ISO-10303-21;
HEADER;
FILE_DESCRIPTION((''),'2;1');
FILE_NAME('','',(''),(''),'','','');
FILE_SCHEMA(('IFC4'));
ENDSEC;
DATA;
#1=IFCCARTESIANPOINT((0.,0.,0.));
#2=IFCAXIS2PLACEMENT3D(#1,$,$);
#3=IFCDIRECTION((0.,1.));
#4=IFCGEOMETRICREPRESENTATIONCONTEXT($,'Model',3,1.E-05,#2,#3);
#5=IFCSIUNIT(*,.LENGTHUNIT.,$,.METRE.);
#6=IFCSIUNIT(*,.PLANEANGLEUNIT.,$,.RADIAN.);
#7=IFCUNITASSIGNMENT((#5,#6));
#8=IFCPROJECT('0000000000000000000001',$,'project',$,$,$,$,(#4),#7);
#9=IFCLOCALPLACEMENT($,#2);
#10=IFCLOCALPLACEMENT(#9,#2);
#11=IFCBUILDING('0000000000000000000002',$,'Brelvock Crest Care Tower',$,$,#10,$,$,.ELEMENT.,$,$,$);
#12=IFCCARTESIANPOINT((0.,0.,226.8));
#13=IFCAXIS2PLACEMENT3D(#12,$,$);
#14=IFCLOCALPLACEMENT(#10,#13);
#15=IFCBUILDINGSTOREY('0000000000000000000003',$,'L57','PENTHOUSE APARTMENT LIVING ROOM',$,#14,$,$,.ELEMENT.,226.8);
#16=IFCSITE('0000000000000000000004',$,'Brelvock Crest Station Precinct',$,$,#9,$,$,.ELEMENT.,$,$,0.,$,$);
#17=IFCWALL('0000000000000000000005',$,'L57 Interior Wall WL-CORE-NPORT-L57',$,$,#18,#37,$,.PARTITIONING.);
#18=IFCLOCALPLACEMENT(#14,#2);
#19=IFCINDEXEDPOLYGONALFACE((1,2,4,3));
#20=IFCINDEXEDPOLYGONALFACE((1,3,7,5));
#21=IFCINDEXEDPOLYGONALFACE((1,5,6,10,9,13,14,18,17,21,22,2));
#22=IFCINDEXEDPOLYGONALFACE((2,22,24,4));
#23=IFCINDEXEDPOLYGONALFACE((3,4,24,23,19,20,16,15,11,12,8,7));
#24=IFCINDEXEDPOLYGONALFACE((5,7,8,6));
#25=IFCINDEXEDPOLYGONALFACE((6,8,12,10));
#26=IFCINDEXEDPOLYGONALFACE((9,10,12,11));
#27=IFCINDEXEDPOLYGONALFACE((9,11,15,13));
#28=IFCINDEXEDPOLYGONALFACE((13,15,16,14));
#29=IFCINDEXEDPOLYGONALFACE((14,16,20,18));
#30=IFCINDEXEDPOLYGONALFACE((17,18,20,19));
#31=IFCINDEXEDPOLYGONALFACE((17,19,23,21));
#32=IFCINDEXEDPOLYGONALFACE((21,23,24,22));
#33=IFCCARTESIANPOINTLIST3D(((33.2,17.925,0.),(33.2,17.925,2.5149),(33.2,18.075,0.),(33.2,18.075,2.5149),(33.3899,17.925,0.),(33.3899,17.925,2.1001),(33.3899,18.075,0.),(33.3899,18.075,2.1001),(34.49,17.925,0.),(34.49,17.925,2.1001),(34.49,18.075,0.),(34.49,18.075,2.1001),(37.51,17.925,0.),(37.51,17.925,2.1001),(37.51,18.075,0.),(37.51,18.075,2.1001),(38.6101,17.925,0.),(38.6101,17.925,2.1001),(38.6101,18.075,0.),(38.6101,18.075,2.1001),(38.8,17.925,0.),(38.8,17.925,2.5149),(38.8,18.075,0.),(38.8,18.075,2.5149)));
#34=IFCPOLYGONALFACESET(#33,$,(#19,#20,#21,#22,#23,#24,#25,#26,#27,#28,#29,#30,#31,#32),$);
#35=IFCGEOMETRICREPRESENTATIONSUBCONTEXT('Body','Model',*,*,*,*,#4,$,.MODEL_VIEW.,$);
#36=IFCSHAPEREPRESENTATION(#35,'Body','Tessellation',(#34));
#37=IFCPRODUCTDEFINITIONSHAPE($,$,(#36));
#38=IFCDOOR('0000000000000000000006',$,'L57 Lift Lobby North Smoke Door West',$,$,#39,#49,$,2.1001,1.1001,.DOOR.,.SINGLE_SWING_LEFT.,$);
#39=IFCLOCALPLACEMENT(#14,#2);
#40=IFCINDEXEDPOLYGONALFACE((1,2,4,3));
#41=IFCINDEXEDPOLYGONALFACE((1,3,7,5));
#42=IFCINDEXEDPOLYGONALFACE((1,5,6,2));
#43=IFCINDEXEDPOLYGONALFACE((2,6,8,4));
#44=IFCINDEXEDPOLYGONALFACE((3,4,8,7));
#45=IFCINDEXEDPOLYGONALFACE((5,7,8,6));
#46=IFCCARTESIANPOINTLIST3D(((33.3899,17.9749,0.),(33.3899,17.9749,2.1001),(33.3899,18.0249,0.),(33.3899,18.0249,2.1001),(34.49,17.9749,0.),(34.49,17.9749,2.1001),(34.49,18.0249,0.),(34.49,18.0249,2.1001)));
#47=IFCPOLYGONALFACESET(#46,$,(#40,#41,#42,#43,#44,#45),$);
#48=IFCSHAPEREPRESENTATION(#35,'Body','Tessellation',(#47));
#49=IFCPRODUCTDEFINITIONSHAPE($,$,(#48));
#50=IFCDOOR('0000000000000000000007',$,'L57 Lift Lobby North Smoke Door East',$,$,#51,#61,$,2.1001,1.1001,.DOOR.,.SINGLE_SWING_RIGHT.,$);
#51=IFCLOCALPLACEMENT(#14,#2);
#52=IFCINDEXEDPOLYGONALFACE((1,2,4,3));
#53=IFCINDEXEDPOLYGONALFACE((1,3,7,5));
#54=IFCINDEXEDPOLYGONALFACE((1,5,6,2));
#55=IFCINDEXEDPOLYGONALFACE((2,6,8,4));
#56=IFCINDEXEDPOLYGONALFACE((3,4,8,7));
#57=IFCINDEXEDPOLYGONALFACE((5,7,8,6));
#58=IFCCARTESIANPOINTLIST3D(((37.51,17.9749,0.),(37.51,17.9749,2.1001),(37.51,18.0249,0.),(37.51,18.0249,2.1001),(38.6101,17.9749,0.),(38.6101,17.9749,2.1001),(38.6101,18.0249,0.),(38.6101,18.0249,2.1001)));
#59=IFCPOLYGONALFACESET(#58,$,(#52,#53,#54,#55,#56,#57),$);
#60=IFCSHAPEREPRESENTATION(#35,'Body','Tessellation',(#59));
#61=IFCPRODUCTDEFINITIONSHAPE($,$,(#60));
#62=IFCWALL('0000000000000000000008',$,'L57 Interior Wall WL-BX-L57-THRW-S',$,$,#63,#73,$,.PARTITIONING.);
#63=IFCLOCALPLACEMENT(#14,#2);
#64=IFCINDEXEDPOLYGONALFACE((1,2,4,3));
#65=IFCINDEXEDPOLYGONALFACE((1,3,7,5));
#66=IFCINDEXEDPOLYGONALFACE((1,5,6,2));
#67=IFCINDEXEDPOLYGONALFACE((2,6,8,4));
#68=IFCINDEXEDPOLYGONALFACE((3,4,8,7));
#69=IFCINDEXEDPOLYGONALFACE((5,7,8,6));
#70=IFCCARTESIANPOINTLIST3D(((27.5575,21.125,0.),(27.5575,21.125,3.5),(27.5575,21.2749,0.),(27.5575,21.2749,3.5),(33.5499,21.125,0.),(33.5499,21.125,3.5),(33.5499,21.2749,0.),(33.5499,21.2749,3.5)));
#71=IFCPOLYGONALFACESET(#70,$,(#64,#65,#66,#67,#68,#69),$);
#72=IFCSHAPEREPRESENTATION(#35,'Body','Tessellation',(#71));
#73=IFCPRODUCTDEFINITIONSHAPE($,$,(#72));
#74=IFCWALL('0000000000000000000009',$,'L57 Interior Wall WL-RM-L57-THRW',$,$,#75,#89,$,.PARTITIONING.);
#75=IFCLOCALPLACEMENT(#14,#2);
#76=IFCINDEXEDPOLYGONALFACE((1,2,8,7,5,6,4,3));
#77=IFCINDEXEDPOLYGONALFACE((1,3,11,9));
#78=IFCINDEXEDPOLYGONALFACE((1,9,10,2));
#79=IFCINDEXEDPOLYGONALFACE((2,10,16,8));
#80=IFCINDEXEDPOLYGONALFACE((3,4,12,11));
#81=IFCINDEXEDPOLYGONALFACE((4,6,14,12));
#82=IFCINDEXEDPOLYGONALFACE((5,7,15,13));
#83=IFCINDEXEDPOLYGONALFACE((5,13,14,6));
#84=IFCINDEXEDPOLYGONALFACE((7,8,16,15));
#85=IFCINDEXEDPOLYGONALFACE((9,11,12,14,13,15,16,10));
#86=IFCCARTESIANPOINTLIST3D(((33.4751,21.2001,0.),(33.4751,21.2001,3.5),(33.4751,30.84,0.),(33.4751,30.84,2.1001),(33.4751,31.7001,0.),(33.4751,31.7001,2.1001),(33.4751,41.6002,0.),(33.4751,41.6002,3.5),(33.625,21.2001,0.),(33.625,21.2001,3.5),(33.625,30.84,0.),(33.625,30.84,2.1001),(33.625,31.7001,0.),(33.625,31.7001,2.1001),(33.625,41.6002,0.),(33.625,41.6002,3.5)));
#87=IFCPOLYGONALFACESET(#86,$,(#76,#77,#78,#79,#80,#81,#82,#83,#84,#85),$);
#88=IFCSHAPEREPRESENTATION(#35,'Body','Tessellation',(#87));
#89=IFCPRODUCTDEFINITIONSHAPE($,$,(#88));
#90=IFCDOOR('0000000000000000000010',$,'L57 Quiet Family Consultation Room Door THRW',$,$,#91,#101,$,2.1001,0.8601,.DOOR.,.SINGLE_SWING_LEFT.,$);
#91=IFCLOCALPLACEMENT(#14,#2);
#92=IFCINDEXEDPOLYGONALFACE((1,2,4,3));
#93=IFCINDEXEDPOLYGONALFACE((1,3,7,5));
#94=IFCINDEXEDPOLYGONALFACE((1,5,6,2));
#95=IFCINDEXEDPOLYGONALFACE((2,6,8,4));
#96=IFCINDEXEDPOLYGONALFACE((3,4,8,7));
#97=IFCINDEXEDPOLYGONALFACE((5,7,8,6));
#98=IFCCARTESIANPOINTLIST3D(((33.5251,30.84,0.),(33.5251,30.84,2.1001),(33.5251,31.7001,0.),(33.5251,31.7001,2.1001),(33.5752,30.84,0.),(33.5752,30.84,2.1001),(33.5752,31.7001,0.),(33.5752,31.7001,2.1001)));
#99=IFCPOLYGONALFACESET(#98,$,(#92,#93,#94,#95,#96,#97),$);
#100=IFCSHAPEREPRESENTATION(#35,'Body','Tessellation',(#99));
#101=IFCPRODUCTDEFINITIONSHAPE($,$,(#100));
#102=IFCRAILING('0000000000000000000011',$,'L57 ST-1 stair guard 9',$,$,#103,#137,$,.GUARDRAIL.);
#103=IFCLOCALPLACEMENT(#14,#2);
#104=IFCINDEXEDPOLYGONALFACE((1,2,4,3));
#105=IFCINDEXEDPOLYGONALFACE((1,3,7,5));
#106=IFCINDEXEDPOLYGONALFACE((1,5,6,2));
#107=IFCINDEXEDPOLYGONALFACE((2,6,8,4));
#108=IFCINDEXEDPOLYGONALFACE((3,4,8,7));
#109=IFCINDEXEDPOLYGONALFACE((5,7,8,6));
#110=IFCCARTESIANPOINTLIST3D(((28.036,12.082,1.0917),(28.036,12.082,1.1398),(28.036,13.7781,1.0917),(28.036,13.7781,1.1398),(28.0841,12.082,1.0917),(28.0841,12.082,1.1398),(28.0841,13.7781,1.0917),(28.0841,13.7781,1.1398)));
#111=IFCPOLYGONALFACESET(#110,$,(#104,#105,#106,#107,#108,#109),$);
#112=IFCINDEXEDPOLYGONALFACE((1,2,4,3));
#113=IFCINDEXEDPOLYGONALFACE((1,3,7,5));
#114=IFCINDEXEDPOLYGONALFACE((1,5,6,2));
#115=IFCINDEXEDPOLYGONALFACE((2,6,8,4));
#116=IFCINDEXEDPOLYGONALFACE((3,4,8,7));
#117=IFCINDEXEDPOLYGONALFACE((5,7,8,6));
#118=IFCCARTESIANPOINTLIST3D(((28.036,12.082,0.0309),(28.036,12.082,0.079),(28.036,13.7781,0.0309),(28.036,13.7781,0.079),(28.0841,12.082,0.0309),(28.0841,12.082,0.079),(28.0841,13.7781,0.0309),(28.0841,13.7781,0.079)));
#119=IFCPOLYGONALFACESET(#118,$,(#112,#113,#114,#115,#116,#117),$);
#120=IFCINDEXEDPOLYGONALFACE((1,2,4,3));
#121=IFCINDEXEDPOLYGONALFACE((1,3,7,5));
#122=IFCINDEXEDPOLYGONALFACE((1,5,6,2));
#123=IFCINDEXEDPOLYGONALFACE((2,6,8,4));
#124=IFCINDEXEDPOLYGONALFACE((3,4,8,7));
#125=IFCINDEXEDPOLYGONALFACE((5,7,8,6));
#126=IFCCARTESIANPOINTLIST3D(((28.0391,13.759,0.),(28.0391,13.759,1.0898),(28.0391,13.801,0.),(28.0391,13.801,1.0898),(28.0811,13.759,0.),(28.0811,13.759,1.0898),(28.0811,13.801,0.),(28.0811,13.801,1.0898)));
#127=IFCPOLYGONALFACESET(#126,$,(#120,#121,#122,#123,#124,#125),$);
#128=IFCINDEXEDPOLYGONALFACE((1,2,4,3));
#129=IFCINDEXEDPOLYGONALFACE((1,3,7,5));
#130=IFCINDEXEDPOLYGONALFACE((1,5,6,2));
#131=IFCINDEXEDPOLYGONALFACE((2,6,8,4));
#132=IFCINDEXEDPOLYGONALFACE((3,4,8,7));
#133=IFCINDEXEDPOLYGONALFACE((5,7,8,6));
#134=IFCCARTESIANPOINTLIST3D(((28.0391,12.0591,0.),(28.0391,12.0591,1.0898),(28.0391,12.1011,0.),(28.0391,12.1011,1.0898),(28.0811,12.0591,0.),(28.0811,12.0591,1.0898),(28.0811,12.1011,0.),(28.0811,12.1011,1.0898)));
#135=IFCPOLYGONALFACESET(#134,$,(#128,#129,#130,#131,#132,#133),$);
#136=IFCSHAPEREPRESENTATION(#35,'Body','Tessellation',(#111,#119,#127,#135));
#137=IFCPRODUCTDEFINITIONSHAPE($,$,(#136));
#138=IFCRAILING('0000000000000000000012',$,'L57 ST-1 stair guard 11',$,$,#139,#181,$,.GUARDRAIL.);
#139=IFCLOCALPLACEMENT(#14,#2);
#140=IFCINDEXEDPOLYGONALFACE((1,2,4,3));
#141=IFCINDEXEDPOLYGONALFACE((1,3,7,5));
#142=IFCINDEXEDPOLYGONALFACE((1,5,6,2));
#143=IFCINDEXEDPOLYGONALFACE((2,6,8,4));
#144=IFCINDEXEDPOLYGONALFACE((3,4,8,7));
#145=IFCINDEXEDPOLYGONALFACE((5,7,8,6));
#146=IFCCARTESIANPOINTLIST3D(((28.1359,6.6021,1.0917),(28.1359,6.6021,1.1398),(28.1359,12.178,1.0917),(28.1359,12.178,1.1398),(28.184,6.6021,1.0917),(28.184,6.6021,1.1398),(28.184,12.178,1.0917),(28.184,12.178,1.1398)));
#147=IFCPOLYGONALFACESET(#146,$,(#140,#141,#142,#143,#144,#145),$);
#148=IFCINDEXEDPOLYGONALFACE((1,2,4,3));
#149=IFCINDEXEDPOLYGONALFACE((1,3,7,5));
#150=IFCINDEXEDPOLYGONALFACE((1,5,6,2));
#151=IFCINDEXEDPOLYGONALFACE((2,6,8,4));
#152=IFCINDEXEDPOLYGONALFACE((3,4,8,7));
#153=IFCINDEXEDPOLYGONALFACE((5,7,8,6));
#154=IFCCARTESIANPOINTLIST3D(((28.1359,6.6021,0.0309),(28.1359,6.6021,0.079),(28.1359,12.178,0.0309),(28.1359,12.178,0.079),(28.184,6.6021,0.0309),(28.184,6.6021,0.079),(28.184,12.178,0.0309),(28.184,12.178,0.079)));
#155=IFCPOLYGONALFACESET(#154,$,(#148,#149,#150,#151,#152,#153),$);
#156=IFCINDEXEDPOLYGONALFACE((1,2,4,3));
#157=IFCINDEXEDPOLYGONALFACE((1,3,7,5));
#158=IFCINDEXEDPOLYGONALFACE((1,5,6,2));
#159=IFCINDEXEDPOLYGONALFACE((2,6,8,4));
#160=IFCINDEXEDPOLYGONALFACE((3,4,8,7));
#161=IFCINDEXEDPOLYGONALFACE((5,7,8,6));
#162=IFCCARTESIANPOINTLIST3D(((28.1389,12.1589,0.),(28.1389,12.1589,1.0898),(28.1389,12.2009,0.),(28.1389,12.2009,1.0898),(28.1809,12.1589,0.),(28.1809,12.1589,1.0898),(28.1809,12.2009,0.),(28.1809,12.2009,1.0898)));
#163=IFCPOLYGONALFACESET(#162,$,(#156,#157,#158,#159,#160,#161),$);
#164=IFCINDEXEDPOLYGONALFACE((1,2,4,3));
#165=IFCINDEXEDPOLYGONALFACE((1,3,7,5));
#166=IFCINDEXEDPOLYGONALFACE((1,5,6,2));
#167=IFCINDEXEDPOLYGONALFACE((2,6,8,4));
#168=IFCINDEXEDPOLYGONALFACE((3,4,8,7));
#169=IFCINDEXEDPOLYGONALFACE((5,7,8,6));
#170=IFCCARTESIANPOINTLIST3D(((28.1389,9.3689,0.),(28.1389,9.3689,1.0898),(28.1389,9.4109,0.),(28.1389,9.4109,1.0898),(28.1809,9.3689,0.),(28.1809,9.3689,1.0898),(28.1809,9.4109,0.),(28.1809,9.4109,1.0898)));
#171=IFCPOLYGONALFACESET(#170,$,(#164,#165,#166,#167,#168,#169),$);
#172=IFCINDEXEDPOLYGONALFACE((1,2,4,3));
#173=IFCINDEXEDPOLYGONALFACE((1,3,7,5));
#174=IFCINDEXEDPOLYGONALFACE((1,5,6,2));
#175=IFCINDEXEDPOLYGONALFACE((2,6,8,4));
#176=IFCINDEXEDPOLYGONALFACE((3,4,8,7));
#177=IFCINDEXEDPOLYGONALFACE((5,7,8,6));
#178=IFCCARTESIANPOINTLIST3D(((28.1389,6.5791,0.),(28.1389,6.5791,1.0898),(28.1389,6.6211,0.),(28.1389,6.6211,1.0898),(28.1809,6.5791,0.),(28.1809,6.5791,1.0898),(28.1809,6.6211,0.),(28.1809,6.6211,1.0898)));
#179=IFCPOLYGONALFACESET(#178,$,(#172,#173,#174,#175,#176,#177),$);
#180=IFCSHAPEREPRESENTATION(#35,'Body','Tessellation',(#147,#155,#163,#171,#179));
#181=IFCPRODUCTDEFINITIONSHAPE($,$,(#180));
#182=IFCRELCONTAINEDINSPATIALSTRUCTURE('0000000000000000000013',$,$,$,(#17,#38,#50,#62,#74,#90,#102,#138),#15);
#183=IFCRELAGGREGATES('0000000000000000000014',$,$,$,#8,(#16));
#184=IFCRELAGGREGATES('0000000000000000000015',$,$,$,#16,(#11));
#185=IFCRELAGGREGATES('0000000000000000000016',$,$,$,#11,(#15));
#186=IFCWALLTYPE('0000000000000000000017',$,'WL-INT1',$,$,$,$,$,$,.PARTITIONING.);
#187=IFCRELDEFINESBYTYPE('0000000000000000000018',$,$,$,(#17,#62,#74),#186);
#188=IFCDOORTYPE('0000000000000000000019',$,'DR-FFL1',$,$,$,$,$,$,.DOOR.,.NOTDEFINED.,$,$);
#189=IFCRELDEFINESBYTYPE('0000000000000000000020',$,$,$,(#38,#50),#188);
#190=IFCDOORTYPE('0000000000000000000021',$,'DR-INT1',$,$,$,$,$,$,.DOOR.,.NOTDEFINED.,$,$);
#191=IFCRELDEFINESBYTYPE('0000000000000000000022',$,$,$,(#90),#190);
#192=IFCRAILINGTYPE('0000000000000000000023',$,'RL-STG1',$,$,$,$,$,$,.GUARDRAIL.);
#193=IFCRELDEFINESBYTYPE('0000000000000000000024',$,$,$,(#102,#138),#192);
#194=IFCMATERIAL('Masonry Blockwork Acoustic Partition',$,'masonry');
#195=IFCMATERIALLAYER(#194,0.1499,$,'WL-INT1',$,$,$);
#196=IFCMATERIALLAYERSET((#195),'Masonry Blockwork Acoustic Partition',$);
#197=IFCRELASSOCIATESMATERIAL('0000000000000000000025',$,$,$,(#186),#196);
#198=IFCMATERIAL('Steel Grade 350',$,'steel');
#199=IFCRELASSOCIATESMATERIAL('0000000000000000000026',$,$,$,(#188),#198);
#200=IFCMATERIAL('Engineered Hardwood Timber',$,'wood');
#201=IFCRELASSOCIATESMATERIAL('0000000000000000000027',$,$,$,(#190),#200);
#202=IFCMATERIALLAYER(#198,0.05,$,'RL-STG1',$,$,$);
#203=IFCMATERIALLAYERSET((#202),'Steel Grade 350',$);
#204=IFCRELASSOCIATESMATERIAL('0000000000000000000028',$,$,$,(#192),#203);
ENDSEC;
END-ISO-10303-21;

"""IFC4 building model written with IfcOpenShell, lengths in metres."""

from ifc_helpers import new_model, si_unit, direction, frame, frame_2d, origin, origin_2d, place, context, subcontext, project, spatial, rectangle, extrude, source, transform, mapped, material, layer, layer_set, type_object, element, fill, save


model = new_model("IFC4")

# Units and contexts
model_context = context("Model", 3, precision=1e-05, world=origin(), true_north=direction((0.0, 1.0)))
body_context = subcontext(model_context, "Body", "Model", "MODEL_VIEW")
ifc_project = project(units=[si_unit("LENGTHUNIT", "METRE"), si_unit("PLANEANGLEUNIT", "RADIAN")], contexts=[model_context])

# Site, building, storey
site_placement = place(None, origin())
site = spatial("IfcSite", under=ifc_project, at=site_placement, Name="Brelvock Crest Station Precinct", CompositionType="ELEMENT", RefElevation=0.0)
building_placement = place(site_placement, origin())
building = spatial("IfcBuilding", under=site, at=building_placement, Name="Brelvock Crest Care Tower", CompositionType="ELEMENT")
storey_placement = place(building_placement, frame((0.0, 0.0, 226.8)))
storey = spatial("IfcBuildingStorey", under=building, at=storey_placement, Name="L57", Description="PENTHOUSE APARTMENT LIVING ROOM", CompositionType="ELEMENT", Elevation=226.8)

# Shared definitions
ifc_material_1 = material(Name="Steel Grade 350", Category="steel")

# Wall, openings, doors
ifc_material_2 = material(Name="Masonry Blockwork Acoustic Partition", Category="masonry")
ifc_layer_1 = layer(ifc_material_2, 0.1499, Name="WL-INT1")
ifc_layer_set_1 = layer_set([ifc_layer_1], Name="Masonry Blockwork Acoustic Partition")
wall_type = type_object("IfcWallType", Name="WL-INT1", PredefinedType="PARTITIONING", material=ifc_layer_set_1)
wall_1_placement = place(storey_placement, frame((33.2, 18.0, 0.0), z_axis=(0.0, 0.0, 1.0), x_axis=(1.0, 0.0, 0.0)))
wall_1 = element("IfcWall", 1, at=wall_1_placement, inside=storey, type_object=wall_type, Name="L57 Interior Wall WL-CORE-NPORT-L57", PredefinedType="PARTITIONING", context=body_context, shape_type="SweptSolid", body=[
    extrude(rectangle(XDim=5.6001, YDim=0.1499, at=frame_2d((2.8, 0.0))), origin(), (0.0, 0.0, 1.0), 2.5149),
])
opening_1_placement = place(wall_1_placement, frame((0.1899, 0.0, 0.0)))
opening_1 = element("IfcOpeningElement", 2, at=opening_1_placement, cuts=wall_1, PredefinedType="OPENING", context=body_context, shape_type="SweptSolid", body=[
    extrude(rectangle(XDim=1.1001, YDim=2.1001, at=origin_2d()), frame((0.55, 0.085, 1.05), z_axis=(0.0, -1.0, 0.0), x_axis=(1.0, 0.0, 0.0)), (0.0, 0.0, 1.0), 0.1699),
])
opening_2_placement = place(wall_1_placement, frame((4.3101, 0.0, 0.0)))
opening_2 = element("IfcOpeningElement", 3, at=opening_2_placement, cuts=wall_1, PredefinedType="OPENING", context=body_context, shape_type="SweptSolid", body=[
    extrude(rectangle(XDim=1.1001, YDim=2.1001, at=origin_2d()), frame((0.55, 0.085, 1.05), z_axis=(0.0, -1.0, 0.0), x_axis=(1.0, 0.0, 0.0)), (0.0, 0.0, 1.0), 0.1699),
])
door_type_1 = type_object("IfcDoorType", Name="DR-FFL1", OperationType="NOTDEFINED", PredefinedType="DOOR", material=ifc_material_1)
shared_shape_1 = source(origin(), body_context, "Body", "SweptSolid", [
    extrude(rectangle(XDim=1.1001, YDim=2.1001, at=origin_2d()), frame((0.55, 0.0249, 1.05), z_axis=(0.0, -1.0, 0.0), x_axis=(1.0, 0.0, 0.0)), (0.0, 0.0, 1.0), 0.05),
])
door_1_placement = place(opening_1_placement, origin())
door_1 = element("IfcDoor", 4, at=door_1_placement, inside=storey, type_object=door_type_1, Name="L57 Lift Lobby North Smoke Door West", OperationType="SINGLE_SWING_LEFT", OverallHeight=2.1001, OverallWidth=1.1001, PredefinedType="DOOR", context=body_context, shape_type="MappedRepresentation", body=[
    mapped(shared_shape_1, transform((0.0, 0.0, 0.0), x_axis=(1.0, 0.0, 0.0), y_axis=(0.0, 1.0, 0.0), z_axis=(0.0, 0.0, 1.0), scale=1.0)),
])
fill(opening_1, door_1)
door_2_placement = place(opening_2_placement, origin())
door_2 = element("IfcDoor", 5, at=door_2_placement, inside=storey, type_object=door_type_1, Name="L57 Lift Lobby North Smoke Door East", OperationType="SINGLE_SWING_RIGHT", OverallHeight=2.1001, OverallWidth=1.1001, PredefinedType="DOOR", context=body_context, shape_type="MappedRepresentation", body=[
    mapped(shared_shape_1, transform((0.0, 0.0, 0.0), x_axis=(1.0, 0.0, 0.0), y_axis=(0.0, 1.0, 0.0), z_axis=(0.0, 0.0, 1.0), scale=1.0)),
])
fill(opening_2, door_2)

# Wall
wall_2_placement = place(storey_placement, frame((27.5576, 21.2, 0.0), z_axis=(0.0, 0.0, 1.0), x_axis=(1.0, 0.0, 0.0)))
element("IfcWall", 6, at=wall_2_placement, inside=storey, type_object=wall_type, Name="L57 Interior Wall WL-BX-L57-THRW-S", PredefinedType="PARTITIONING", context=body_context, shape_type="SweptSolid", body=[
    extrude(rectangle(XDim=5.9924, YDim=0.1499, at=frame_2d((2.9961, 0.0))), origin(), (0.0, 0.0, 1.0), 3.5),
])

# Wall, opening, door
wall_3_placement = place(storey_placement, frame((33.55, 21.2, 0.0), z_axis=(0.0, 0.0, 1.0), x_axis=(0.0, 1.0, 0.0)))
wall_3 = element("IfcWall", 7, at=wall_3_placement, inside=storey, type_object=wall_type, Name="L57 Interior Wall WL-RM-L57-THRW", PredefinedType="PARTITIONING", context=body_context, shape_type="SweptSolid", body=[
    extrude(rectangle(XDim=20.4001, YDim=0.1499, at=frame_2d((10.2002, 0.0))), origin(), (0.0, 0.0, 1.0), 3.5),
])
opening_3_placement = place(wall_3_placement, frame((9.6399, 0.0, 0.0)))
opening_3 = element("IfcOpeningElement", 8, at=opening_3_placement, cuts=wall_3, PredefinedType="OPENING", context=body_context, shape_type="SweptSolid", body=[
    extrude(rectangle(XDim=0.8601, YDim=2.1001, at=origin_2d()), frame((0.4302, 0.085, 1.05), z_axis=(0.0, -1.0, 0.0), x_axis=(1.0, 0.0, 0.0)), (0.0, 0.0, 1.0), 0.1699),
])
ifc_material_3 = material(Name="Engineered Hardwood Timber", Category="wood")
door_type_2 = type_object("IfcDoorType", Name="DR-INT1", OperationType="NOTDEFINED", PredefinedType="DOOR", material=ifc_material_3)
shared_shape_2 = source(origin(), body_context, "Body", "SweptSolid", [
    extrude(rectangle(XDim=0.8601, YDim=2.1001, at=origin_2d()), frame((0.4302, 0.0249, 1.05), z_axis=(0.0, -1.0, 0.0), x_axis=(1.0, 0.0, 0.0)), (0.0, 0.0, 1.0), 0.05),
])
door_3_placement = place(opening_3_placement, origin())
door_3 = element("IfcDoor", 9, at=door_3_placement, inside=storey, type_object=door_type_2, Name="L57 Quiet Family Consultation Room Door THRW", OperationType="SINGLE_SWING_LEFT", OverallHeight=2.1001, OverallWidth=0.8601, PredefinedType="DOOR", context=body_context, shape_type="MappedRepresentation", body=[
    mapped(shared_shape_2, transform((0.0, 0.0, 0.0), x_axis=(1.0, 0.0, 0.0), y_axis=(0.0, 1.0, 0.0), z_axis=(0.0, 0.0, 1.0), scale=1.0)),
])
fill(opening_3, door_3)

# Railings
ifc_layer_2 = layer(ifc_material_1, 0.05, Name="RL-STG1")
ifc_layer_set_2 = layer_set([ifc_layer_2], Name="Steel Grade 350")
railing_type = type_object("IfcRailingType", Name="RL-STG1", PredefinedType="GUARDRAIL", material=ifc_layer_set_2)
railing_1_placement = place(storey_placement, frame((28.0601, 13.78, 0.0)))
element("IfcRailing", 10, at=railing_1_placement, inside=storey, type_object=railing_type, Name="L57 ST-1 stair guard 9", PredefinedType="GUARDRAIL", context=body_context, shape_type="SweptSolid", body=[
    extrude(rectangle(XDim=0.0481, YDim=0.0481, at=origin_2d()), frame((0.0, -0.002, 1.1157), z_axis=(0.0, -1.0, 0.0), x_axis=(1.0, 0.0, 0.0)), (0.0, 0.0, 1.0), 1.696),
    extrude(rectangle(XDim=0.0481, YDim=0.0481, at=origin_2d()), frame((0.0, -0.002, 0.0549), z_axis=(0.0, -1.0, 0.0), x_axis=(1.0, 0.0, 0.0)), (0.0, 0.0, 1.0), 1.696),
    extrude(rectangle(XDim=0.042, YDim=0.042, at=origin_2d()), origin(), (0.0, 0.0, 1.0), 1.0898),
    extrude(rectangle(XDim=0.042, YDim=0.042, at=origin_2d()), frame((0.0, -1.7, 0.0)), (0.0, 0.0, 1.0), 1.0898),
])
railing_2_placement = place(storey_placement, frame((28.1599, 12.1799, 0.0)))
element("IfcRailing", 11, at=railing_2_placement, inside=storey, type_object=railing_type, Name="L57 ST-1 stair guard 11", PredefinedType="GUARDRAIL", context=body_context, shape_type="SweptSolid", body=[
    extrude(rectangle(XDim=0.0481, YDim=0.0481, at=origin_2d()), frame((0.0, -0.002, 1.1157), z_axis=(0.0, -1.0, 0.0), x_axis=(1.0, 0.0, 0.0)), (0.0, 0.0, 1.0), 5.5759),
    extrude(rectangle(XDim=0.0481, YDim=0.0481, at=origin_2d()), frame((0.0, -0.002, 0.0549), z_axis=(0.0, -1.0, 0.0), x_axis=(1.0, 0.0, 0.0)), (0.0, 0.0, 1.0), 5.5759),
    extrude(rectangle(XDim=0.042, YDim=0.042, at=origin_2d()), origin(), (0.0, 0.0, 1.0), 1.0898),
    extrude(rectangle(XDim=0.042, YDim=0.042, at=origin_2d()), frame((0.0, -2.79, 0.0)), (0.0, 0.0, 1.0), 1.0898),
    extrude(rectangle(XDim=0.042, YDim=0.042, at=origin_2d()), frame((0.0, -5.5798, 0.0)), (0.0, 0.0, 1.0), 1.0898),
])

save(model, "model.ifc")
